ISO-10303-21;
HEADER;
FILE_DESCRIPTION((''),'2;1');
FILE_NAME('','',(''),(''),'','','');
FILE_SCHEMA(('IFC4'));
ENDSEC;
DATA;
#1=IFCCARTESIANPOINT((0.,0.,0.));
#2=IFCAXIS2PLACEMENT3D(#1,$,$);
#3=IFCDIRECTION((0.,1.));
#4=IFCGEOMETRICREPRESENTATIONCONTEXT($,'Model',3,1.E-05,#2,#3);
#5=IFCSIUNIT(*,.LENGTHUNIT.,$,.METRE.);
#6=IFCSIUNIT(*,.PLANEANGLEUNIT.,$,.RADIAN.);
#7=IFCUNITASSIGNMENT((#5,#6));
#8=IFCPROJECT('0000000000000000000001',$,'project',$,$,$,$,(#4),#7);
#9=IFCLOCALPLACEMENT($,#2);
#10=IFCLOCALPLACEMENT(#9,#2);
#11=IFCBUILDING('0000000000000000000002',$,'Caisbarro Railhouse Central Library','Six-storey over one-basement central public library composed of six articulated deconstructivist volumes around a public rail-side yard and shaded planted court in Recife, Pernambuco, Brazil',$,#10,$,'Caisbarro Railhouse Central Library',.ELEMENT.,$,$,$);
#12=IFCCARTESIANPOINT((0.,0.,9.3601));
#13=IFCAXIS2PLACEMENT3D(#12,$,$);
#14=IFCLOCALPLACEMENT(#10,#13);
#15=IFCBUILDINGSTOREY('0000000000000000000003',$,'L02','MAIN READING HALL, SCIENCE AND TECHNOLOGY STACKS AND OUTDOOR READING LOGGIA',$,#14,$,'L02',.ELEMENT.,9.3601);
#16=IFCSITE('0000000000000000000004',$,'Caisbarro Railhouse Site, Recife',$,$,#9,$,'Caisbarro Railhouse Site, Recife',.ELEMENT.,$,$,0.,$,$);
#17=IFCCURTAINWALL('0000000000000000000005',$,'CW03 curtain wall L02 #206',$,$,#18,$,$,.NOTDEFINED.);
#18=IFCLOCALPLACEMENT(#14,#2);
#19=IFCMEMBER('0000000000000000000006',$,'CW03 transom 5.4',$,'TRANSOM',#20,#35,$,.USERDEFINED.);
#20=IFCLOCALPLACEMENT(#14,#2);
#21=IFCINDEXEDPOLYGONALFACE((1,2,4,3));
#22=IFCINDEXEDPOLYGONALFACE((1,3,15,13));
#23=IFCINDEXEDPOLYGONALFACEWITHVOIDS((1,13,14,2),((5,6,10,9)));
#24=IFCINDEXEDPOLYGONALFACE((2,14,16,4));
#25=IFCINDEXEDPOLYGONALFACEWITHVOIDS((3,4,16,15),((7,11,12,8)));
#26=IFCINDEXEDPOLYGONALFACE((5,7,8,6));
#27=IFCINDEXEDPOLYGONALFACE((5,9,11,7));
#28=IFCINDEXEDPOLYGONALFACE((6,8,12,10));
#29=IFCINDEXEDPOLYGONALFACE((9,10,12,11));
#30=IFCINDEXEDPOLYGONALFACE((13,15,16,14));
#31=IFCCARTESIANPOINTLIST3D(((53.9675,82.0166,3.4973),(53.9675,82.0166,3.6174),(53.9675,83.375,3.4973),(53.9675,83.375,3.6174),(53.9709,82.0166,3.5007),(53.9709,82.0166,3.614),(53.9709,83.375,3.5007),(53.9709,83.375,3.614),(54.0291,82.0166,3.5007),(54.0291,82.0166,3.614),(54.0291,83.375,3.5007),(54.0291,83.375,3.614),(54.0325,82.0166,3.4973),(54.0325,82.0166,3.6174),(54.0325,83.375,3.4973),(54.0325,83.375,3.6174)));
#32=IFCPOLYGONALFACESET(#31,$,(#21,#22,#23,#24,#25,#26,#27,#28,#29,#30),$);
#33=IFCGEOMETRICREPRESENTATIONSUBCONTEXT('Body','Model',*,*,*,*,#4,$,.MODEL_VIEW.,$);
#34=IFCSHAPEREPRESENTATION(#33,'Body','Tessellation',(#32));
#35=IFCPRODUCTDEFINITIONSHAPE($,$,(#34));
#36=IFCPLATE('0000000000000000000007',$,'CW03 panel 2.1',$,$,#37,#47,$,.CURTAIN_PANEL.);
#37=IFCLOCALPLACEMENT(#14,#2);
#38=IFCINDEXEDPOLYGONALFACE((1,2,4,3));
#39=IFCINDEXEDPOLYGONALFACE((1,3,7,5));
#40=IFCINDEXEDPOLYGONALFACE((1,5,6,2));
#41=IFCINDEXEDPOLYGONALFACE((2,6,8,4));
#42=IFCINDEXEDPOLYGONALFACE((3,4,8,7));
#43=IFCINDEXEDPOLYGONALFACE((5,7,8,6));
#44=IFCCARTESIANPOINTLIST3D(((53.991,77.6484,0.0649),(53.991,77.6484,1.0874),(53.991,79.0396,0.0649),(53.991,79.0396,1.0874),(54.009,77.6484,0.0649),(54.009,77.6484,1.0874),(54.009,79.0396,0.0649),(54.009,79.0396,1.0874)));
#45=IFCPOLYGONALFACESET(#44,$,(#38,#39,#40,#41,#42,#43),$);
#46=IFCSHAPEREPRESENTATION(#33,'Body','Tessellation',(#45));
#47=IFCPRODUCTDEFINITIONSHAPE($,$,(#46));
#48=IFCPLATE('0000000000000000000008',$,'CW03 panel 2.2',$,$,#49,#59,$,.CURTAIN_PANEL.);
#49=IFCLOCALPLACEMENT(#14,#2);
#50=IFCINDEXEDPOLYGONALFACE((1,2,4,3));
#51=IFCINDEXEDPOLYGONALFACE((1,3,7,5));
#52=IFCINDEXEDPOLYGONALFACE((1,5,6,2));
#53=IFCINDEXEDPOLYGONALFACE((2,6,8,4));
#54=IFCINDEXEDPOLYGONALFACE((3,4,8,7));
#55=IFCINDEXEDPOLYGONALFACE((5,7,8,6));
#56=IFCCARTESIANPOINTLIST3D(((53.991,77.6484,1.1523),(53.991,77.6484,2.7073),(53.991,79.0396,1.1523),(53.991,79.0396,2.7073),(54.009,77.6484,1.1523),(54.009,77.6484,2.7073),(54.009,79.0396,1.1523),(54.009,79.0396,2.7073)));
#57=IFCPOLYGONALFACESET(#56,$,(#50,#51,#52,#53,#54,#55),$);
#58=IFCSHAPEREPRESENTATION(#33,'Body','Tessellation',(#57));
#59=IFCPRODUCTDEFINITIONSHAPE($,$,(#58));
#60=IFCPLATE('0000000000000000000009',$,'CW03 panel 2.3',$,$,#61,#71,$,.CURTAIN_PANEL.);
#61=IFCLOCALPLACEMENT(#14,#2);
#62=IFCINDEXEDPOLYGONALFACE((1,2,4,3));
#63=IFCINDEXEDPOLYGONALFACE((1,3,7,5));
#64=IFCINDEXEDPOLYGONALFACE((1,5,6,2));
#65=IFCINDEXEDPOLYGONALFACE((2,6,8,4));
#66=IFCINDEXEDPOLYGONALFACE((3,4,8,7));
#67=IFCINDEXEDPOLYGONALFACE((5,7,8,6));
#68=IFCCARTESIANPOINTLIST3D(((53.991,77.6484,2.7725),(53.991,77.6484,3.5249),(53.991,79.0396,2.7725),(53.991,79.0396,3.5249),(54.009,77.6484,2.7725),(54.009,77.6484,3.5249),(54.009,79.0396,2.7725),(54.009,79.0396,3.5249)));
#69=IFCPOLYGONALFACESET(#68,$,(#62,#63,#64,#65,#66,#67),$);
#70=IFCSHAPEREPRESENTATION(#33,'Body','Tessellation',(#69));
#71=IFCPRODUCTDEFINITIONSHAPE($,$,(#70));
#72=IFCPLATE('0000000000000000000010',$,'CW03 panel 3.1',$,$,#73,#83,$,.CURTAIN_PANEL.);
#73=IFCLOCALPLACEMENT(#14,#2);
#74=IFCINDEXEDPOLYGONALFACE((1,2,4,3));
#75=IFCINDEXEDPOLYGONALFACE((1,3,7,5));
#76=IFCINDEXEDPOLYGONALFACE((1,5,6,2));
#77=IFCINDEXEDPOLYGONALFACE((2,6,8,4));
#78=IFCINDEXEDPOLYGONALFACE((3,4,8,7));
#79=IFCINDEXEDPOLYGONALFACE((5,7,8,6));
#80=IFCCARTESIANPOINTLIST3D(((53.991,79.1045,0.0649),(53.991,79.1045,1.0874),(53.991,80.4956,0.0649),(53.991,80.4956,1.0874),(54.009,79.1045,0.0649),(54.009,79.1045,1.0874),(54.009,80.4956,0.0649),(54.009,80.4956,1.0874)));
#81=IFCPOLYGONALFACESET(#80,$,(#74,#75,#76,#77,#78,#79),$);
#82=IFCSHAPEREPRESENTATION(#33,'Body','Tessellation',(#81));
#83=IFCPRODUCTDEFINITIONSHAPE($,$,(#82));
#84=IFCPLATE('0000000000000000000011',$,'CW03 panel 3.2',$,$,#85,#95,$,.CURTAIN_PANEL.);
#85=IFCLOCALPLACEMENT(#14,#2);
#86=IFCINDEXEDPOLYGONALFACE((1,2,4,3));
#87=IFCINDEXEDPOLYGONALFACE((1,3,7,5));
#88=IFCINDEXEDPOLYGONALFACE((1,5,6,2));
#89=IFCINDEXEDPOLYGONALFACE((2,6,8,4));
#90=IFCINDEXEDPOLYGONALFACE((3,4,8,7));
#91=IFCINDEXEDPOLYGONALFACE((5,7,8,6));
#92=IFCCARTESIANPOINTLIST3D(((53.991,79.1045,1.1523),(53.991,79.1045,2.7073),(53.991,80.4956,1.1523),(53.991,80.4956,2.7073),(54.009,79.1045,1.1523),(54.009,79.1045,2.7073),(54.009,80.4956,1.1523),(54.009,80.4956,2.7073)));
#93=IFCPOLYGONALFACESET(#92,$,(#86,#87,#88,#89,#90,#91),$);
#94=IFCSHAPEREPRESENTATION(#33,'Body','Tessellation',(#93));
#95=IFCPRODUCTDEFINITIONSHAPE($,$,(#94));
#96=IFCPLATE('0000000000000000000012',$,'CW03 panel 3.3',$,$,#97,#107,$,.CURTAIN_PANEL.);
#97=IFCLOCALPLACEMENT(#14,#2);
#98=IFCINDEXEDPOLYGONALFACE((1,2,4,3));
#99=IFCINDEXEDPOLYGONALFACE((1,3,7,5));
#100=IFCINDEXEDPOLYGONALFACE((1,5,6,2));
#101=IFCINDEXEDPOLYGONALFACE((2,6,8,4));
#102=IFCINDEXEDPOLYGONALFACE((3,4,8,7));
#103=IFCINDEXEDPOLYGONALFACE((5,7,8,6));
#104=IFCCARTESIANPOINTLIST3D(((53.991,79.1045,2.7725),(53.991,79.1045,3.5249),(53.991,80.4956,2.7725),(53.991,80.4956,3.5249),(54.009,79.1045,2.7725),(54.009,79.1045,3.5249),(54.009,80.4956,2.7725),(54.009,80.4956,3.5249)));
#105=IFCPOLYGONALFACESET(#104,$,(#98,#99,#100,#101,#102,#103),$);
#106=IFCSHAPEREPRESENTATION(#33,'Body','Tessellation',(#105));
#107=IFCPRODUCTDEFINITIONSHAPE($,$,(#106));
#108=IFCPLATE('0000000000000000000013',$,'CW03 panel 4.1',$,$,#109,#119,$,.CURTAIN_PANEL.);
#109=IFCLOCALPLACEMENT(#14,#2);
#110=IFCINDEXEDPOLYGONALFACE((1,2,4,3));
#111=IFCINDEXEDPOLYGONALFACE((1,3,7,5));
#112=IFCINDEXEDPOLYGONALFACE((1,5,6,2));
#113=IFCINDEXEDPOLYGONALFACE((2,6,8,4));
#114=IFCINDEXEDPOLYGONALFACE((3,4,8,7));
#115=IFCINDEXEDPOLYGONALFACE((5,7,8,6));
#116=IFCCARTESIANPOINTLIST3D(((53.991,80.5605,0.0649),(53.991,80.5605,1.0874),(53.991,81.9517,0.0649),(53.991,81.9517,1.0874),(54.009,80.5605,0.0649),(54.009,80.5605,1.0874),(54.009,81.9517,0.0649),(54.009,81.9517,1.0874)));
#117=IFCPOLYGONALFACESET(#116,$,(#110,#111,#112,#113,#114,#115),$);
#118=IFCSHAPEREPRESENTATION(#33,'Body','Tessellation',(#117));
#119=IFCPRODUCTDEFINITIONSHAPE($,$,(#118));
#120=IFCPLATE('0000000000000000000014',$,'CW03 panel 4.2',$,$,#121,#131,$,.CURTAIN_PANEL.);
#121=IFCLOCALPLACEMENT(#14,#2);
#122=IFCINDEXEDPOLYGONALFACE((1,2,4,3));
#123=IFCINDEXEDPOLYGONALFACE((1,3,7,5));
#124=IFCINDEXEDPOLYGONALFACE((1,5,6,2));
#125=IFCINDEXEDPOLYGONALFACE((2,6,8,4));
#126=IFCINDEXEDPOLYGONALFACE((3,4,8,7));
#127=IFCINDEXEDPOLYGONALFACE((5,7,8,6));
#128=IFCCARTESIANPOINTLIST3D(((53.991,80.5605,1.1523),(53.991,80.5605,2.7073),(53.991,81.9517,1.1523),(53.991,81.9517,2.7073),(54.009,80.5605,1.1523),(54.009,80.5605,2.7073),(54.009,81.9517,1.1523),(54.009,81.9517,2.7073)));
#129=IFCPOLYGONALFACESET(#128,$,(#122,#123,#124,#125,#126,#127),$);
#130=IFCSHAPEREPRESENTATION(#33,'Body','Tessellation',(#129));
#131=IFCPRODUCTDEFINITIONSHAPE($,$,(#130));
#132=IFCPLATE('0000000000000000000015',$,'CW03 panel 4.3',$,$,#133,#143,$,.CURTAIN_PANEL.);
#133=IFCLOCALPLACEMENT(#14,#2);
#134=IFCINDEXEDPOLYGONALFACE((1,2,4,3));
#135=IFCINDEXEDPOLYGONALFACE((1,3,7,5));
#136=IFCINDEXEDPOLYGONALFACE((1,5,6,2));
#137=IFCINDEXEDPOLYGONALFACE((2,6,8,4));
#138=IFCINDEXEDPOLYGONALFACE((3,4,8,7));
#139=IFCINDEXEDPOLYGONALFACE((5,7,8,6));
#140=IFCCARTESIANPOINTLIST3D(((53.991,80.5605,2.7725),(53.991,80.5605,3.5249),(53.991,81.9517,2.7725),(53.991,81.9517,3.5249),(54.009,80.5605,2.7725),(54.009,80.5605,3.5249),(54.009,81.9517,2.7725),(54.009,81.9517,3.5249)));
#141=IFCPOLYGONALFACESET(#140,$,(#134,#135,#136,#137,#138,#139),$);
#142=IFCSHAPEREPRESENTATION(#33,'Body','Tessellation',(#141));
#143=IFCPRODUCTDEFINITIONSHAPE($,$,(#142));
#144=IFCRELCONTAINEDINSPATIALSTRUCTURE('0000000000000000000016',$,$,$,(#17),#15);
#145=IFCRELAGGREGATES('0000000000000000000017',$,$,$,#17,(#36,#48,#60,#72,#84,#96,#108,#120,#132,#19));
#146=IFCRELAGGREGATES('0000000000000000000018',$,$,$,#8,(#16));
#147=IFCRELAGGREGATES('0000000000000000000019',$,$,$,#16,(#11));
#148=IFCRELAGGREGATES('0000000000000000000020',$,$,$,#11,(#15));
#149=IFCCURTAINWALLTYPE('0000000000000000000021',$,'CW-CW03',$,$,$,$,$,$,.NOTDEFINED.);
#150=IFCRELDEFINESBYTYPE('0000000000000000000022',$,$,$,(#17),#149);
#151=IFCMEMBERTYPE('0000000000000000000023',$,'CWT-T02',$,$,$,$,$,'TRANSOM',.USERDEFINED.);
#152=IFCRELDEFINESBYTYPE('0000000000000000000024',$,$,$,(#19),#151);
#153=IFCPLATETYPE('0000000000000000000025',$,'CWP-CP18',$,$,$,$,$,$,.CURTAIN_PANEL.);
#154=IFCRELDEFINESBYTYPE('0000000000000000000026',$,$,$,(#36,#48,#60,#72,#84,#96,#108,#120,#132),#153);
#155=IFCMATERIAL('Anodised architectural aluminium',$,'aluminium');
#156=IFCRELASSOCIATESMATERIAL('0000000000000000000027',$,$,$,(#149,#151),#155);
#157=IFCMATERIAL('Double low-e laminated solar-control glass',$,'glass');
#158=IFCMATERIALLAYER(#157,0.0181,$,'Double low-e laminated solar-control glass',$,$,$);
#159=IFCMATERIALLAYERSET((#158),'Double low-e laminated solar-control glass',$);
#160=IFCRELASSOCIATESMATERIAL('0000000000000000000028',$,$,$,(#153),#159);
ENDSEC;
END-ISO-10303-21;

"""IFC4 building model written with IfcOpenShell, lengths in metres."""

from ifc_helpers import new_model, si_unit, direction, frame, origin, origin_2d, place, context, subcontext, project, spatial, rectangle, hollow_rectangle, extrude, material, layer, layer_set, material_profile, profile_set, type_object, element, aggregate, save


model = new_model("IFC4")

# Units and contexts
model_context = context("Model", 3, precision=1e-05, world=origin(), true_north=direction((0.0, 1.0)))
body_context = subcontext(model_context, "Body", "Model", "MODEL_VIEW")
ifc_project = project(units=[si_unit("LENGTHUNIT", "METRE"), si_unit("PLANEANGLEUNIT", "RADIAN")], contexts=[model_context])

# Site, building, storey
site_placement = place(None, origin())
site = spatial("IfcSite", under=ifc_project, at=site_placement, Name="Caisbarro Railhouse Site, Recife", LongName="Caisbarro Railhouse Site, Recife", CompositionType="ELEMENT", RefElevation=0.0)
building_placement = place(site_placement, origin())
building = spatial("IfcBuilding", under=site, at=building_placement, Name="Caisbarro Railhouse Central Library", Description="Six-storey over one-basement central public library composed of six articulated deconstructivist volumes around a public rail-side yard and shaded planted court in Recife, Pernambuco, Brazil", LongName="Caisbarro Railhouse Central Library", CompositionType="ELEMENT")
storey_placement = place(building_placement, frame((0.0, 0.0, 9.3601)))
storey = spatial("IfcBuildingStorey", under=building, at=storey_placement, Name="L02", Description="MAIN READING HALL, SCIENCE AND TECHNOLOGY STACKS AND OUTDOOR READING LOGGIA", LongName="L02", CompositionType="ELEMENT", Elevation=9.3601)

# Curtain wall, member, plates
ifc_material_1 = material(Name="Anodised architectural aluminium", Category="aluminium")
curtain_wall_type = type_object("IfcCurtainWallType", Name="CW-CW03", PredefinedType="NOTDEFINED", material=ifc_material_1)
curtain_wall_placement = place(storey_placement, origin())
curtain_wall = element("IfcCurtainWall", 1, at=curtain_wall_placement, inside=storey, type_object=curtain_wall_type, Name="CW03 curtain wall L02 #206", PredefinedType="NOTDEFINED")
ifc_material_profile_1 = material_profile(ifc_material_1, hollow_rectangle(XDim=0.0649, YDim=0.1201, WallThickness=0.0034, at=origin_2d()), Name="ALU-TRN-65X120")
ifc_profile_set_1 = profile_set([ifc_material_profile_1], Name="Anodised architectural aluminium")
member_type_1 = type_object("IfcMemberType", Name="CWT-T02", ElementType="TRANSOM", PredefinedType="USERDEFINED", material=ifc_profile_set_1)
member_1_placement = place(storey_placement, frame((54.0, 82.0166, 3.5574), z_axis=(0.0, 1.0, 0.0), x_axis=(-1.0, 0.0, 0.0)))
member_1 = element("IfcMember", 2, at=member_1_placement, type_object=member_type_1, Name="CW03 transom 5.4", ObjectType="TRANSOM", PredefinedType="USERDEFINED", context=body_context, shape_type="SweptSolid", body=[
    extrude(hollow_rectangle(XDim=0.0649, YDim=0.1201, WallThickness=0.0034, at=origin_2d()), origin(), (0.0, 0.0, 1.0), 1.3584),
])
ifc_material_2 = material(Name="Double low-e laminated solar-control glass", Category="glass")
ifc_layer = layer(ifc_material_2, 0.0181, Name="Double low-e laminated solar-control glass")
ifc_layer_set = layer_set([ifc_layer], Name="Double low-e laminated solar-control glass")
plate_type = type_object("IfcPlateType", Name="CWP-CP18", PredefinedType="CURTAIN_PANEL", material=ifc_layer_set)
plate_1_placement = place(storey_placement, frame((54.0, 78.344, 0.0649), z_axis=(0.0, 0.0, 1.0), x_axis=(0.0, 1.0, 0.0)))
plate_1 = element("IfcPlate", 3, at=plate_1_placement, type_object=plate_type, Name="CW03 panel 2.1", PredefinedType="CURTAIN_PANEL", context=body_context, shape_type="SweptSolid", body=[
    extrude(rectangle(XDim=1.3911, YDim=0.0181, at=origin_2d()), origin(), (0.0, 0.0, 1.0), 1.0225),
])
plate_2_placement = place(storey_placement, frame((54.0, 78.344, 1.1523), z_axis=(0.0, 0.0, 1.0), x_axis=(0.0, 1.0, 0.0)))
plate_2 = element("IfcPlate", 4, at=plate_2_placement, type_object=plate_type, Name="CW03 panel 2.2", PredefinedType="CURTAIN_PANEL", context=body_context, shape_type="SweptSolid", body=[
    extrude(rectangle(XDim=1.3911, YDim=0.0181, at=origin_2d()), origin(), (0.0, 0.0, 1.0), 1.5549),
])
plate_3_placement = place(storey_placement, frame((54.0, 78.344, 2.7725), z_axis=(0.0, 0.0, 1.0), x_axis=(0.0, 1.0, 0.0)))
plate_3 = element("IfcPlate", 5, at=plate_3_placement, type_object=plate_type, Name="CW03 panel 2.3", PredefinedType="CURTAIN_PANEL", context=body_context, shape_type="SweptSolid", body=[
    extrude(rectangle(XDim=1.3911, YDim=0.0181, at=origin_2d()), origin(), (0.0, 0.0, 1.0), 0.7524),
])
plate_4_placement = place(storey_placement, frame((54.0, 79.8, 0.0649), z_axis=(0.0, 0.0, 1.0), x_axis=(0.0, 1.0, 0.0)))
plate_4 = element("IfcPlate", 6, at=plate_4_placement, type_object=plate_type, Name="CW03 panel 3.1", PredefinedType="CURTAIN_PANEL", context=body_context, shape_type="SweptSolid", body=[
    extrude(rectangle(XDim=1.3911, YDim=0.0181, at=origin_2d()), origin(), (0.0, 0.0, 1.0), 1.0225),
])
plate_5_placement = place(storey_placement, frame((54.0, 79.8, 1.1523), z_axis=(0.0, 0.0, 1.0), x_axis=(0.0, 1.0, 0.0)))
plate_5 = element("IfcPlate", 7, at=plate_5_placement, type_object=plate_type, Name="CW03 panel 3.2", PredefinedType="CURTAIN_PANEL", context=body_context, shape_type="SweptSolid", body=[
    extrude(rectangle(XDim=1.3911, YDim=0.0181, at=origin_2d()), origin(), (0.0, 0.0, 1.0), 1.5549),
])
plate_6_placement = place(storey_placement, frame((54.0, 79.8, 2.7725), z_axis=(0.0, 0.0, 1.0), x_axis=(0.0, 1.0, 0.0)))
plate_6 = element("IfcPlate", 8, at=plate_6_placement, type_object=plate_type, Name="CW03 panel 3.3", PredefinedType="CURTAIN_PANEL", context=body_context, shape_type="SweptSolid", body=[
    extrude(rectangle(XDim=1.3911, YDim=0.0181, at=origin_2d()), origin(), (0.0, 0.0, 1.0), 0.7524),
])
plate_7_placement = place(storey_placement, frame((54.0, 81.2561, 0.0649), z_axis=(0.0, 0.0, 1.0), x_axis=(0.0, 1.0, 0.0)))
plate_7 = element("IfcPlate", 9, at=plate_7_placement, type_object=plate_type, Name="CW03 panel 4.1", PredefinedType="CURTAIN_PANEL", context=body_context, shape_type="SweptSolid", body=[
    extrude(rectangle(XDim=1.3911, YDim=0.0181, at=origin_2d()), origin(), (0.0, 0.0, 1.0), 1.0225),
])
plate_8_placement = place(storey_placement, frame((54.0, 81.2561, 1.1523), z_axis=(0.0, 0.0, 1.0), x_axis=(0.0, 1.0, 0.0)))
plate_8 = element("IfcPlate", 10, at=plate_8_placement, type_object=plate_type, Name="CW03 panel 4.2", PredefinedType="CURTAIN_PANEL", context=body_context, shape_type="SweptSolid", body=[
    extrude(rectangle(XDim=1.3911, YDim=0.0181, at=origin_2d()), origin(), (0.0, 0.0, 1.0), 1.5549),
])
plate_9_placement = place(storey_placement, frame((54.0, 81.2561, 2.7725), z_axis=(0.0, 0.0, 1.0), x_axis=(0.0, 1.0, 0.0)))
plate_9 = element("IfcPlate", 11, at=plate_9_placement, type_object=plate_type, Name="CW03 panel 4.3", PredefinedType="CURTAIN_PANEL", context=body_context, shape_type="SweptSolid", body=[
    extrude(rectangle(XDim=1.3911, YDim=0.0181, at=origin_2d()), origin(), (0.0, 0.0, 1.0), 0.7524),
])
aggregate(curtain_wall, [plate_1, plate_2, plate_3, plate_4, plate_5, plate_6, plate_7, plate_8, plate_9, member_1])

save(model, "model.ifc")
